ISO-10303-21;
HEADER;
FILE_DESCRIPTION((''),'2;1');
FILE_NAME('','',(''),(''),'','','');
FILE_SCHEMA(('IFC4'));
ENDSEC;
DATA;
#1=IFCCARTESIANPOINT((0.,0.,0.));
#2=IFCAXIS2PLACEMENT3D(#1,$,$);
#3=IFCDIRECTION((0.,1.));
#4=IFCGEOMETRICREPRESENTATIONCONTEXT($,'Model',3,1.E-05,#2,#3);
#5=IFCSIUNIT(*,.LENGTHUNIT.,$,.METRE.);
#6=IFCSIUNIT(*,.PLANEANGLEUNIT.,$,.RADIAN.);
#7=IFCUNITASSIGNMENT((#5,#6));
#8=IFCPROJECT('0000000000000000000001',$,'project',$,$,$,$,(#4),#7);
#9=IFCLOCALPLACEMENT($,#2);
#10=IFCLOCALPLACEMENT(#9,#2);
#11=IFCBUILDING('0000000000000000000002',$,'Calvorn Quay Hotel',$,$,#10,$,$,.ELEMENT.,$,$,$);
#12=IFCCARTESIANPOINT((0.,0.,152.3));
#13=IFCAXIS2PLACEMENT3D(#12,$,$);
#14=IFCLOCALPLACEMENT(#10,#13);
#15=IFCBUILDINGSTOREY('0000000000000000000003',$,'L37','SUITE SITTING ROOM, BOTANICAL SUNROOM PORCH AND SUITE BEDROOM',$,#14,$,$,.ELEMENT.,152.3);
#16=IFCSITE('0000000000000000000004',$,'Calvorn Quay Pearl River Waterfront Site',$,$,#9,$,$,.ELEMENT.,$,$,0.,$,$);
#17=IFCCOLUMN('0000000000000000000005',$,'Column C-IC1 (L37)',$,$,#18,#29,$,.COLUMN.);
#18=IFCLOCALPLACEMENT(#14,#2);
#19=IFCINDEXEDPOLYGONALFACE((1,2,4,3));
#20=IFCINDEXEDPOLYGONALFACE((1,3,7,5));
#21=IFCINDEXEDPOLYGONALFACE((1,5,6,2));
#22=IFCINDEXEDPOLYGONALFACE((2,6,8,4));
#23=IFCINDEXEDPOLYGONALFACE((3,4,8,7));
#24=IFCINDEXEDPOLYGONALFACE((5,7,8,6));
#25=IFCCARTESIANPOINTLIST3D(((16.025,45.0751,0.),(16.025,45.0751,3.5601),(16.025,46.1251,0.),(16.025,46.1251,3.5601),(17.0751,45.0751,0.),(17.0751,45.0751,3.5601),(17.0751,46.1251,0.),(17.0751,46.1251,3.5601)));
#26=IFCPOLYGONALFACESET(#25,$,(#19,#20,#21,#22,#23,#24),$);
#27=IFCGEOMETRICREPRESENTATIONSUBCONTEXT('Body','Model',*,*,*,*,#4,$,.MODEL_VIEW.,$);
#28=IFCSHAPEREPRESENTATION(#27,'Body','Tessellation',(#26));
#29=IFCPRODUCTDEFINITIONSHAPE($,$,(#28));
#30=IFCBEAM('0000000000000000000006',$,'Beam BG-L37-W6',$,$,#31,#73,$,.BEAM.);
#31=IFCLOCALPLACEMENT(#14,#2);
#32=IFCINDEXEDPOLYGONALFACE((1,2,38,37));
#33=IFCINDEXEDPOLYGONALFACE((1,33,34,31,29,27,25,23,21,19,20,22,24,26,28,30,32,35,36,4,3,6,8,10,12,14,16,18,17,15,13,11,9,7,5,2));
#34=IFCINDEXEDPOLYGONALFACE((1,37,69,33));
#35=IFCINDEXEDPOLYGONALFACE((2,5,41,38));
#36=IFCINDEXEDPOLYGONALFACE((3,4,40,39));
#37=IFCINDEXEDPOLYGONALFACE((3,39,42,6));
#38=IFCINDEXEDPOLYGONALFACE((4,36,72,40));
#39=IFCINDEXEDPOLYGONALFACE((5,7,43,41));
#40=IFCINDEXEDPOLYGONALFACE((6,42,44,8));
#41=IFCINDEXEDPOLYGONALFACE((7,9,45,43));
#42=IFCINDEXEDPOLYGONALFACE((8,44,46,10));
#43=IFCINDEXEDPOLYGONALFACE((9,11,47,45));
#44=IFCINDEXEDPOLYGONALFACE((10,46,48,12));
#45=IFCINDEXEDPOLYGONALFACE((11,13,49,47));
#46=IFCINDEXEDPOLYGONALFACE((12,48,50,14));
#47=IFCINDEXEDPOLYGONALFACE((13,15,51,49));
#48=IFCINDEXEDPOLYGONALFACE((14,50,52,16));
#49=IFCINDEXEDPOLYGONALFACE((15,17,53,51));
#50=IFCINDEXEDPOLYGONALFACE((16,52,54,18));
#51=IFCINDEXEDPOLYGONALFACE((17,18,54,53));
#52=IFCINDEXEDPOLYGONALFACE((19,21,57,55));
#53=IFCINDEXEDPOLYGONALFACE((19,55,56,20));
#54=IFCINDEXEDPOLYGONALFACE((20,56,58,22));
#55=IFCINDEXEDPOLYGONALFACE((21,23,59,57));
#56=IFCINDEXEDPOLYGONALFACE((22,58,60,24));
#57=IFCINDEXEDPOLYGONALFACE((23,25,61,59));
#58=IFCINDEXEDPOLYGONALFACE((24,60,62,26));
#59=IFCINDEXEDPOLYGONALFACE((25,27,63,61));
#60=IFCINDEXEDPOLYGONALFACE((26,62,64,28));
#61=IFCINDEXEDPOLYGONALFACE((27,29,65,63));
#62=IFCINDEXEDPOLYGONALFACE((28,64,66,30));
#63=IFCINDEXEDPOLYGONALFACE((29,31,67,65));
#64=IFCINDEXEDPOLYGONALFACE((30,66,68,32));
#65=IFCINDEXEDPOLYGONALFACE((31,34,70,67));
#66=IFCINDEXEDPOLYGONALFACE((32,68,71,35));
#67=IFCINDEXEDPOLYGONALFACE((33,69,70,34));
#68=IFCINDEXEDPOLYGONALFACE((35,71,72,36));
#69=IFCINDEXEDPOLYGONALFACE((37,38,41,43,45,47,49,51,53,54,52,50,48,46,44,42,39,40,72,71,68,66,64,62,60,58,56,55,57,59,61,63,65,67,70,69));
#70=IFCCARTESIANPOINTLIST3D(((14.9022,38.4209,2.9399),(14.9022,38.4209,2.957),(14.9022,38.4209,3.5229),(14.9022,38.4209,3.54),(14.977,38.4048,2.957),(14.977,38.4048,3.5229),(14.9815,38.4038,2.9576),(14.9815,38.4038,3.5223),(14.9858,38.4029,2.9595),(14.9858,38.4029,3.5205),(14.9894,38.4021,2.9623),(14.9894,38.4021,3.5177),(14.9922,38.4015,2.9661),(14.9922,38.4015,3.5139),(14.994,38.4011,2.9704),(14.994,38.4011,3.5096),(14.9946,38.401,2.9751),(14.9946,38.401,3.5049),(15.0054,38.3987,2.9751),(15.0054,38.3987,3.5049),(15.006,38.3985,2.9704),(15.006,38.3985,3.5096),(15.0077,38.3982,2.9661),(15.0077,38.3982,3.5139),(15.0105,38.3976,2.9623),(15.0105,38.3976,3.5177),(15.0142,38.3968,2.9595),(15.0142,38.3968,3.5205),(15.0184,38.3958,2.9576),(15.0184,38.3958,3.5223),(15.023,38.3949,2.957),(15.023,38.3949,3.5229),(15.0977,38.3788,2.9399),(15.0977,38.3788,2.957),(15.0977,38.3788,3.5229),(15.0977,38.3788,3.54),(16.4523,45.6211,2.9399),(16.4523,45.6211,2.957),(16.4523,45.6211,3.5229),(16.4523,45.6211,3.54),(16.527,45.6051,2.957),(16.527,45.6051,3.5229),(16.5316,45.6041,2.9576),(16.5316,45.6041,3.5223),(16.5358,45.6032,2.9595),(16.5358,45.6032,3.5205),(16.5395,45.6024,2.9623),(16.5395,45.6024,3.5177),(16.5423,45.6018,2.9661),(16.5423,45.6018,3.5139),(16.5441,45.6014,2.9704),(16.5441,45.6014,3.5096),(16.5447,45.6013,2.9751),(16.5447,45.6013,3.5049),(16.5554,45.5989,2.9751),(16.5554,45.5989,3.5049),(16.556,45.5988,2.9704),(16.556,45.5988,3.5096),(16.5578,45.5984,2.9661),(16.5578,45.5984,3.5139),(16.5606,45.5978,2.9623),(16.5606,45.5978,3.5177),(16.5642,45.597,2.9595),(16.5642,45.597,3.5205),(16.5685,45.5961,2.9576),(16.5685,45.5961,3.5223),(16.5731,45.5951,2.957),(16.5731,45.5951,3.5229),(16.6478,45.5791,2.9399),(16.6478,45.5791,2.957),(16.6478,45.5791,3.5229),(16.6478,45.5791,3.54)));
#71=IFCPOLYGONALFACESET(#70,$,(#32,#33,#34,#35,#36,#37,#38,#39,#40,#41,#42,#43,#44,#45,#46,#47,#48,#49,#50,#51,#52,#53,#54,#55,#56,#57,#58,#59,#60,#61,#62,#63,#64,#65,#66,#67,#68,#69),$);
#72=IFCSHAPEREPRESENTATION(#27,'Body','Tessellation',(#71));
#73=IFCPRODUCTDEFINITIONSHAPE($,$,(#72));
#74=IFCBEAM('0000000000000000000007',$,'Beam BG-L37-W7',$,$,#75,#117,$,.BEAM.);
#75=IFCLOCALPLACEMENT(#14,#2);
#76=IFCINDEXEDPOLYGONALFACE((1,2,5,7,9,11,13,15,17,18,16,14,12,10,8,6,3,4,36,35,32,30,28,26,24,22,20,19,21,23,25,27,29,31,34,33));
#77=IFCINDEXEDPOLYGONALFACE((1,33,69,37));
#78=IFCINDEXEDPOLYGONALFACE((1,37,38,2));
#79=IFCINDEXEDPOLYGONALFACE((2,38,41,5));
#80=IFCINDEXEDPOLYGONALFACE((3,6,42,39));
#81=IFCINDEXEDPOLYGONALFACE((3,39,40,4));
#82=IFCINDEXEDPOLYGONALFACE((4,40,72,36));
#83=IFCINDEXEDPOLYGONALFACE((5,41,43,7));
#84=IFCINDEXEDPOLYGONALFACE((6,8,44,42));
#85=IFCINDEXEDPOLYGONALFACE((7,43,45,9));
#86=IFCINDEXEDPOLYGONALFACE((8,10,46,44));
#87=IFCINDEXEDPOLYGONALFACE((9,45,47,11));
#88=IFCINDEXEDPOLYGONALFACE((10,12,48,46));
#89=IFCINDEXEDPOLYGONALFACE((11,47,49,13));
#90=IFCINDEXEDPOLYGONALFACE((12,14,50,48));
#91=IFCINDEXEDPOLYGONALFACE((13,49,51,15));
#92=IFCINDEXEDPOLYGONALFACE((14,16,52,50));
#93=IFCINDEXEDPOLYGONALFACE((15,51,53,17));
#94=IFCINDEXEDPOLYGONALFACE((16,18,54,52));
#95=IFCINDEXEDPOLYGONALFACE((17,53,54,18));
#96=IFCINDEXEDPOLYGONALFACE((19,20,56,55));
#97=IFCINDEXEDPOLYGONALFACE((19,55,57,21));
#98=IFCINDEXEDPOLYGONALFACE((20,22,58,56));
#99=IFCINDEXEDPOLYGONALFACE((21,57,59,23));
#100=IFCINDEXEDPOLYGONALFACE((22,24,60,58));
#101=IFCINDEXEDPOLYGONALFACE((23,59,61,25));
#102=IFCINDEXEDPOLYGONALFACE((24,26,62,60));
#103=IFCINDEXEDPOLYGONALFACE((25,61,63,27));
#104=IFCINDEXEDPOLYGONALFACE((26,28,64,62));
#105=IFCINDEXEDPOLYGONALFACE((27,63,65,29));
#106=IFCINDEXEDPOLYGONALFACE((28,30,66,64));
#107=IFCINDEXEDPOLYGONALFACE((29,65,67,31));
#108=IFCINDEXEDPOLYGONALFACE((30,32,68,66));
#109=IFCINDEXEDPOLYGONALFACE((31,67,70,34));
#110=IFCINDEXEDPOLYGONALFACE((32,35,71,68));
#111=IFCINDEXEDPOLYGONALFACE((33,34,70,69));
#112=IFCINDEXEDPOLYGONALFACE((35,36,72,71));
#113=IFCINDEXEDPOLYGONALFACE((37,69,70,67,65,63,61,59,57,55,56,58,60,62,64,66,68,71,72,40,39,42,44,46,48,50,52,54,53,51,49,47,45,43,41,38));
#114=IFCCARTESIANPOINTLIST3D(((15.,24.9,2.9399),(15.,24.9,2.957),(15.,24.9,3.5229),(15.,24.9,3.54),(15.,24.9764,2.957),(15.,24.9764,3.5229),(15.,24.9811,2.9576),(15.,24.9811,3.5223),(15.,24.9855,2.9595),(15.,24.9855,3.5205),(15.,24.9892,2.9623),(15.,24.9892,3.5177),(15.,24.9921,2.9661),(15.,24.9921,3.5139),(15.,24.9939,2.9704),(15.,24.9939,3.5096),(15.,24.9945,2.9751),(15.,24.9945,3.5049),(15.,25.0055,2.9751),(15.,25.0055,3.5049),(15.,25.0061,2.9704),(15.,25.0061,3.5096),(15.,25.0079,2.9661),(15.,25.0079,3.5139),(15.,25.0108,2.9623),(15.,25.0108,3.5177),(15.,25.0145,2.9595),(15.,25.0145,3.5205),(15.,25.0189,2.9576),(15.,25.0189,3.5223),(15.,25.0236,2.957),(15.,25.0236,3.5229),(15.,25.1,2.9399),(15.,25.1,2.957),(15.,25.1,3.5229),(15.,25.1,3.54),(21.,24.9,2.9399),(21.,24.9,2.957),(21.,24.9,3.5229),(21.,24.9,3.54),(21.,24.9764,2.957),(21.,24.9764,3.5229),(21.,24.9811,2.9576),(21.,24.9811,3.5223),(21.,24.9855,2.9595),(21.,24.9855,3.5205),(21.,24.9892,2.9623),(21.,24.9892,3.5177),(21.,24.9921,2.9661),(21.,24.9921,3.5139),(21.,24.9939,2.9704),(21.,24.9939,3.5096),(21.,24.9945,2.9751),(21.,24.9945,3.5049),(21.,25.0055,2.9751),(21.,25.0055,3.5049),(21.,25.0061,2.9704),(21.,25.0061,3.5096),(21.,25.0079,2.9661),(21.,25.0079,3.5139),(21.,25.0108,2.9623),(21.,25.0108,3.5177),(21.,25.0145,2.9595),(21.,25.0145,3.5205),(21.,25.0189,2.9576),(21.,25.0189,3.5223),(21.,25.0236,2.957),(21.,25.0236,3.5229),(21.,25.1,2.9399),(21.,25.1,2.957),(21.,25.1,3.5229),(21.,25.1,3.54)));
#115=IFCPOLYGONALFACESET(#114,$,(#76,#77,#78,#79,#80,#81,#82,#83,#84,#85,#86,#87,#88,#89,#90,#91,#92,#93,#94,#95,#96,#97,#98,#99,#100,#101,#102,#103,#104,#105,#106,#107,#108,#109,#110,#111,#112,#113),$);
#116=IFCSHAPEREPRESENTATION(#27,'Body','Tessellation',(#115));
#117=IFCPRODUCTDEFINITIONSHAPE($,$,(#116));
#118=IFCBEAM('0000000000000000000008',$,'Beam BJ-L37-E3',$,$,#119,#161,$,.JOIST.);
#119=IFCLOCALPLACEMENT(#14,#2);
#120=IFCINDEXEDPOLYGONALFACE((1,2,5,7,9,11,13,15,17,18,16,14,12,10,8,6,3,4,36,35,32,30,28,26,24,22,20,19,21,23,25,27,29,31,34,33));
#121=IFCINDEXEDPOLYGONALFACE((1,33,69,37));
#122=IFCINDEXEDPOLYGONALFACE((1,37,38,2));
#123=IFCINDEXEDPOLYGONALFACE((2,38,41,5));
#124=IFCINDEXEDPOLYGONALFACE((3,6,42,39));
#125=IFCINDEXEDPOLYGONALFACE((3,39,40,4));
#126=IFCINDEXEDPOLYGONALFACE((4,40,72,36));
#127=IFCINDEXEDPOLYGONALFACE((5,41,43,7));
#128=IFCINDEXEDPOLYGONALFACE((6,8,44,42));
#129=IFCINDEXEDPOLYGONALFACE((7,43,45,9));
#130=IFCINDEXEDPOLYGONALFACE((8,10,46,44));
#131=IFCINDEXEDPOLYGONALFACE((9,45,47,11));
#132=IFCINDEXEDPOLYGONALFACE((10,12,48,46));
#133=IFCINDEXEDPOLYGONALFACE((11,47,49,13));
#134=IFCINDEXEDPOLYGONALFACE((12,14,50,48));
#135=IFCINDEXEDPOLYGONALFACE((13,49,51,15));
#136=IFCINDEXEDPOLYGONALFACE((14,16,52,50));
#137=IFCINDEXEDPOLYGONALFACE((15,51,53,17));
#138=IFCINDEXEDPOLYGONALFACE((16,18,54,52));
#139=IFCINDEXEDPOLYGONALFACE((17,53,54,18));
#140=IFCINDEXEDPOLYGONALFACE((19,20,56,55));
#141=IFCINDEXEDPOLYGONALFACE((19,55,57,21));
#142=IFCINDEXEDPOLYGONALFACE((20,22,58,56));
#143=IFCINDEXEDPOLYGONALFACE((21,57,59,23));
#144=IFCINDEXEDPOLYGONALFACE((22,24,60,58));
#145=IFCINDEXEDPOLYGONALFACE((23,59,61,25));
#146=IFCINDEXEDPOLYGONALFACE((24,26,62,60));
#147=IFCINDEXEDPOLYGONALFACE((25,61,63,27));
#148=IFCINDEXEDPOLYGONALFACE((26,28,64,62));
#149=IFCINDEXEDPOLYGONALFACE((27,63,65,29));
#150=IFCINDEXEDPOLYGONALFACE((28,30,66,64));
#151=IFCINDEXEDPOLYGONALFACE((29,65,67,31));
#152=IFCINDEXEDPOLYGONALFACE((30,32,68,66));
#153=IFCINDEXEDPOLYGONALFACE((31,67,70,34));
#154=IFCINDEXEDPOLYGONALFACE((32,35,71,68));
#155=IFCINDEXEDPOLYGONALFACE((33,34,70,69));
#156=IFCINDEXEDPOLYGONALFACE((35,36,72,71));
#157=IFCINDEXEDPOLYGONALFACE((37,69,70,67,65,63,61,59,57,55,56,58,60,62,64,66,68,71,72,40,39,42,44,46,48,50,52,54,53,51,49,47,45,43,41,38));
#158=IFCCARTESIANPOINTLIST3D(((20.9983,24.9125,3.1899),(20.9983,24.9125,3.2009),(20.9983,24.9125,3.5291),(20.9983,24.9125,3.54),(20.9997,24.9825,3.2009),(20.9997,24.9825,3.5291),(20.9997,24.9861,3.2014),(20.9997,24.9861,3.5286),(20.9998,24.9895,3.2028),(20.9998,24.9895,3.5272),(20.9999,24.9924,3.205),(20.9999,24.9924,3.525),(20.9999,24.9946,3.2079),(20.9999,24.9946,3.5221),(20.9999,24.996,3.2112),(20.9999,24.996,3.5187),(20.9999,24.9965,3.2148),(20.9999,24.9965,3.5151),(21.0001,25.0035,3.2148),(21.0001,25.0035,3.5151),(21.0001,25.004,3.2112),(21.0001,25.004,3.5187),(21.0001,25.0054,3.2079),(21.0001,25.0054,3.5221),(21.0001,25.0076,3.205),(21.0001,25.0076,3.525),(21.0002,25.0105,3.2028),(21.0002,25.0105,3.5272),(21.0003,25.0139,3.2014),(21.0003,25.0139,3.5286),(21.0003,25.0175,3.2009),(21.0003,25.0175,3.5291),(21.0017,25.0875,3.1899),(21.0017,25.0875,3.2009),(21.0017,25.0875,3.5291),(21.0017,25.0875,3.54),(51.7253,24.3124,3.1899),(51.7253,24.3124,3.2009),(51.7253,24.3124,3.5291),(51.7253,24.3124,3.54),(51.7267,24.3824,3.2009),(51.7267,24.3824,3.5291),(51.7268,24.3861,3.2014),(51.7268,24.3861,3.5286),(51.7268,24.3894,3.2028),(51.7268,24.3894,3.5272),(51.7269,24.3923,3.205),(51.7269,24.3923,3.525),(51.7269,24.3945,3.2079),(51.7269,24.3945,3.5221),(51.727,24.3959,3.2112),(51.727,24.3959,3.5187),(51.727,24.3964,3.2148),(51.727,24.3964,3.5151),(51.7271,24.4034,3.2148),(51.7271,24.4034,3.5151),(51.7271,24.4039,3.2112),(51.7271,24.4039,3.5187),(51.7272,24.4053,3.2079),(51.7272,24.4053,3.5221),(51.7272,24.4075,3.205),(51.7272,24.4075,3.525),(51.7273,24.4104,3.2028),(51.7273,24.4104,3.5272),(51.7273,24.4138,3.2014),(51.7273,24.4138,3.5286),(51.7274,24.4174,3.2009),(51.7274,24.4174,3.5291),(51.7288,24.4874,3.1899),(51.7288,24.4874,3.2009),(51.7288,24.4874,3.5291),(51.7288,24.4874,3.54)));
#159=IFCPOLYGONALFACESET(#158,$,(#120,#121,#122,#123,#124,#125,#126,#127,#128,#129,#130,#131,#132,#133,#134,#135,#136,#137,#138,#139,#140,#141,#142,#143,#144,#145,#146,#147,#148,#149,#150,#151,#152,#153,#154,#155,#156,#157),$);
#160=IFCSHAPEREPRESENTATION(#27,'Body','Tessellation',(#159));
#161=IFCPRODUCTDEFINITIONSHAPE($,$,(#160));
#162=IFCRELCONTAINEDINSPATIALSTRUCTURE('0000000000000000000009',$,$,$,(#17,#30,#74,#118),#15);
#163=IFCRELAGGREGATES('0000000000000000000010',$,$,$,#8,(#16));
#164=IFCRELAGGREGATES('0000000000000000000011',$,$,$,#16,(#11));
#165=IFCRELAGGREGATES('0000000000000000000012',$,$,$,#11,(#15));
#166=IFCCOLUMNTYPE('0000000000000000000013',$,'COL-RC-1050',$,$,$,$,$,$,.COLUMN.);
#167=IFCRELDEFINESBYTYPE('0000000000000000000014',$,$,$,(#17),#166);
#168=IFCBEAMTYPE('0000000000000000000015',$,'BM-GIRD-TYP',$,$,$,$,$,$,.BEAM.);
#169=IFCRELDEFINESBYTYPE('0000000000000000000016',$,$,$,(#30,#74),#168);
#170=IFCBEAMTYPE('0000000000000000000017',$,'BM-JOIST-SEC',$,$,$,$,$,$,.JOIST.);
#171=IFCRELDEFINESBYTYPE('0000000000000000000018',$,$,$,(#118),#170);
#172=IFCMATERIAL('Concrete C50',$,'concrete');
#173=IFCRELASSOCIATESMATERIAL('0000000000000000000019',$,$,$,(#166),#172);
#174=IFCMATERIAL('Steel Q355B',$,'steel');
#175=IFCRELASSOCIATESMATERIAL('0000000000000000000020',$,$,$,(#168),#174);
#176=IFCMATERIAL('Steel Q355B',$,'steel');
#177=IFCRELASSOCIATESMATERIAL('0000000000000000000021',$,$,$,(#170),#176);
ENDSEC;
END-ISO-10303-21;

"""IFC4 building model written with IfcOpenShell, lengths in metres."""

from ifc_helpers import new_model, si_unit, direction, frame, origin, origin_2d, place, context, subcontext, project, spatial, rectangle, i_section, extrude, material, material_profile, profile_set, type_object, element, save


model = new_model("IFC4")

# Units and contexts
model_context = context("Model", 3, precision=1e-05, world=origin(), true_north=direction((0.0, 1.0)))
body_context = subcontext(model_context, "Body", "Model", "MODEL_VIEW")
ifc_project = project(units=[si_unit("LENGTHUNIT", "METRE"), si_unit("PLANEANGLEUNIT", "RADIAN")], contexts=[model_context])

# Site, building, storey
site_placement = place(None, origin())
site = spatial("IfcSite", under=ifc_project, at=site_placement, Name="Calvorn Quay Pearl River Waterfront Site", CompositionType="ELEMENT", RefElevation=0.0)
building_placement = place(site_placement, origin())
building = spatial("IfcBuilding", under=site, at=building_placement, Name="Calvorn Quay Hotel", CompositionType="ELEMENT")
storey_placement = place(building_placement, frame((0.0, 0.0, 152.3)))
storey = spatial("IfcBuildingStorey", under=building, at=storey_placement, Name="L37", Description="SUITE SITTING ROOM, BOTANICAL SUNROOM PORCH AND SUITE BEDROOM", CompositionType="ELEMENT", Elevation=152.3)

# Column
ifc_material_1 = material(Name="Concrete C50", Category="concrete")
ifc_material_profile_1 = material_profile(ifc_material_1, rectangle(XDim=1.05, YDim=1.05, at=origin_2d()), Name="RC1050x1050")
ifc_profile_set_1 = profile_set([ifc_material_profile_1], Name="Concrete C50")
column_type = type_object("IfcColumnType", Name="COL-RC-1050", PredefinedType="COLUMN", material=ifc_profile_set_1)
column_placement = place(storey_placement, frame((16.55, 45.6001, 0.0), z_axis=(0.0, 0.0, 1.0), x_axis=(1.0, 0.0, 0.0)))
element("IfcColumn", 1, at=column_placement, inside=storey, type_object=column_type, Name="Column C-IC1 (L37)", PredefinedType="COLUMN", context=body_context, shape_type="SweptSolid", body=[
    extrude(rectangle(XDim=1.05, YDim=1.05, at=origin_2d()), origin(), (0.0, 0.0, 1.0), 3.5601),
])

# Beams
ifc_material_2 = material(Name="Steel Q355B", Category="steel")
ifc_material_profile_2 = material_profile(ifc_material_2, i_section(OverallWidth=0.2, OverallDepth=0.6001, WebThickness=0.011, FlangeThickness=0.0171, FilletRadius=0.0181, at=origin_2d()), Name="HN600x200x11x17")
ifc_profile_set_2 = profile_set([ifc_material_profile_2], Name="Steel Q355B")
beam_type_1 = type_object("IfcBeamType", Name="BM-GIRD-TYP", PredefinedType="BEAM", material=ifc_profile_set_2)
beam_1_placement = place(storey_placement, frame((16.55, 45.6001, 3.24), z_axis=(-0.210457, -0.977603, 0.0), x_axis=(0.977603, -0.210457, 0.0)))
element("IfcBeam", 2, at=beam_1_placement, inside=storey, type_object=beam_type_1, Name="Beam BG-L37-W6", PredefinedType="BEAM", context=body_context, shape_type="SweptSolid", body=[
    extrude(i_section(OverallWidth=0.2, OverallDepth=0.6001, WebThickness=0.011, FlangeThickness=0.0171, FilletRadius=0.0181, at=origin_2d()), origin(), (0.0, 0.0, 1.0), 7.3652),
])
beam_2_placement = place(storey_placement, frame((21.0, 25.0, 3.24), z_axis=(-1.0, 0.0, 0.0), x_axis=(0.0, -1.0, 0.0)))
element("IfcBeam", 3, at=beam_2_placement, inside=storey, type_object=beam_type_1, Name="Beam BG-L37-W7", PredefinedType="BEAM", context=body_context, shape_type="SweptSolid", body=[
    extrude(i_section(OverallWidth=0.2, OverallDepth=0.6001, WebThickness=0.011, FlangeThickness=0.0171, FilletRadius=0.0181, at=origin_2d()), origin(), (0.0, 0.0, 1.0), 6.0),
])
ifc_material_3 = material(Name="Steel Q355B", Category="steel")
ifc_material_profile_3 = material_profile(ifc_material_3, i_section(OverallWidth=0.175, OverallDepth=0.3501, WebThickness=0.0071, FlangeThickness=0.011, FilletRadius=0.0139, at=origin_2d()), Name="HN350x175x7x11")
ifc_profile_set_3 = profile_set([ifc_material_profile_3], Name="Steel Q355B")
beam_type_2 = type_object("IfcBeamType", Name="BM-JOIST-SEC", PredefinedType="JOIST", material=ifc_profile_set_3)
beam_3_placement = place(storey_placement, frame((21.0, 25.0, 3.365), z_axis=(0.999809, -0.019526, 0.0), x_axis=(0.019526, 0.999809, 0.0)))
element("IfcBeam", 4, at=beam_3_placement, inside=storey, type_object=beam_type_2, Name="Beam BJ-L37-E3", PredefinedType="JOIST", context=body_context, shape_type="SweptSolid", body=[
    extrude(i_section(OverallWidth=0.175, OverallDepth=0.3501, WebThickness=0.0071, FlangeThickness=0.011, FilletRadius=0.0139, at=origin_2d()), origin(), (0.0, 0.0, 1.0), 30.7329),
])

save(model, "model.ifc")
